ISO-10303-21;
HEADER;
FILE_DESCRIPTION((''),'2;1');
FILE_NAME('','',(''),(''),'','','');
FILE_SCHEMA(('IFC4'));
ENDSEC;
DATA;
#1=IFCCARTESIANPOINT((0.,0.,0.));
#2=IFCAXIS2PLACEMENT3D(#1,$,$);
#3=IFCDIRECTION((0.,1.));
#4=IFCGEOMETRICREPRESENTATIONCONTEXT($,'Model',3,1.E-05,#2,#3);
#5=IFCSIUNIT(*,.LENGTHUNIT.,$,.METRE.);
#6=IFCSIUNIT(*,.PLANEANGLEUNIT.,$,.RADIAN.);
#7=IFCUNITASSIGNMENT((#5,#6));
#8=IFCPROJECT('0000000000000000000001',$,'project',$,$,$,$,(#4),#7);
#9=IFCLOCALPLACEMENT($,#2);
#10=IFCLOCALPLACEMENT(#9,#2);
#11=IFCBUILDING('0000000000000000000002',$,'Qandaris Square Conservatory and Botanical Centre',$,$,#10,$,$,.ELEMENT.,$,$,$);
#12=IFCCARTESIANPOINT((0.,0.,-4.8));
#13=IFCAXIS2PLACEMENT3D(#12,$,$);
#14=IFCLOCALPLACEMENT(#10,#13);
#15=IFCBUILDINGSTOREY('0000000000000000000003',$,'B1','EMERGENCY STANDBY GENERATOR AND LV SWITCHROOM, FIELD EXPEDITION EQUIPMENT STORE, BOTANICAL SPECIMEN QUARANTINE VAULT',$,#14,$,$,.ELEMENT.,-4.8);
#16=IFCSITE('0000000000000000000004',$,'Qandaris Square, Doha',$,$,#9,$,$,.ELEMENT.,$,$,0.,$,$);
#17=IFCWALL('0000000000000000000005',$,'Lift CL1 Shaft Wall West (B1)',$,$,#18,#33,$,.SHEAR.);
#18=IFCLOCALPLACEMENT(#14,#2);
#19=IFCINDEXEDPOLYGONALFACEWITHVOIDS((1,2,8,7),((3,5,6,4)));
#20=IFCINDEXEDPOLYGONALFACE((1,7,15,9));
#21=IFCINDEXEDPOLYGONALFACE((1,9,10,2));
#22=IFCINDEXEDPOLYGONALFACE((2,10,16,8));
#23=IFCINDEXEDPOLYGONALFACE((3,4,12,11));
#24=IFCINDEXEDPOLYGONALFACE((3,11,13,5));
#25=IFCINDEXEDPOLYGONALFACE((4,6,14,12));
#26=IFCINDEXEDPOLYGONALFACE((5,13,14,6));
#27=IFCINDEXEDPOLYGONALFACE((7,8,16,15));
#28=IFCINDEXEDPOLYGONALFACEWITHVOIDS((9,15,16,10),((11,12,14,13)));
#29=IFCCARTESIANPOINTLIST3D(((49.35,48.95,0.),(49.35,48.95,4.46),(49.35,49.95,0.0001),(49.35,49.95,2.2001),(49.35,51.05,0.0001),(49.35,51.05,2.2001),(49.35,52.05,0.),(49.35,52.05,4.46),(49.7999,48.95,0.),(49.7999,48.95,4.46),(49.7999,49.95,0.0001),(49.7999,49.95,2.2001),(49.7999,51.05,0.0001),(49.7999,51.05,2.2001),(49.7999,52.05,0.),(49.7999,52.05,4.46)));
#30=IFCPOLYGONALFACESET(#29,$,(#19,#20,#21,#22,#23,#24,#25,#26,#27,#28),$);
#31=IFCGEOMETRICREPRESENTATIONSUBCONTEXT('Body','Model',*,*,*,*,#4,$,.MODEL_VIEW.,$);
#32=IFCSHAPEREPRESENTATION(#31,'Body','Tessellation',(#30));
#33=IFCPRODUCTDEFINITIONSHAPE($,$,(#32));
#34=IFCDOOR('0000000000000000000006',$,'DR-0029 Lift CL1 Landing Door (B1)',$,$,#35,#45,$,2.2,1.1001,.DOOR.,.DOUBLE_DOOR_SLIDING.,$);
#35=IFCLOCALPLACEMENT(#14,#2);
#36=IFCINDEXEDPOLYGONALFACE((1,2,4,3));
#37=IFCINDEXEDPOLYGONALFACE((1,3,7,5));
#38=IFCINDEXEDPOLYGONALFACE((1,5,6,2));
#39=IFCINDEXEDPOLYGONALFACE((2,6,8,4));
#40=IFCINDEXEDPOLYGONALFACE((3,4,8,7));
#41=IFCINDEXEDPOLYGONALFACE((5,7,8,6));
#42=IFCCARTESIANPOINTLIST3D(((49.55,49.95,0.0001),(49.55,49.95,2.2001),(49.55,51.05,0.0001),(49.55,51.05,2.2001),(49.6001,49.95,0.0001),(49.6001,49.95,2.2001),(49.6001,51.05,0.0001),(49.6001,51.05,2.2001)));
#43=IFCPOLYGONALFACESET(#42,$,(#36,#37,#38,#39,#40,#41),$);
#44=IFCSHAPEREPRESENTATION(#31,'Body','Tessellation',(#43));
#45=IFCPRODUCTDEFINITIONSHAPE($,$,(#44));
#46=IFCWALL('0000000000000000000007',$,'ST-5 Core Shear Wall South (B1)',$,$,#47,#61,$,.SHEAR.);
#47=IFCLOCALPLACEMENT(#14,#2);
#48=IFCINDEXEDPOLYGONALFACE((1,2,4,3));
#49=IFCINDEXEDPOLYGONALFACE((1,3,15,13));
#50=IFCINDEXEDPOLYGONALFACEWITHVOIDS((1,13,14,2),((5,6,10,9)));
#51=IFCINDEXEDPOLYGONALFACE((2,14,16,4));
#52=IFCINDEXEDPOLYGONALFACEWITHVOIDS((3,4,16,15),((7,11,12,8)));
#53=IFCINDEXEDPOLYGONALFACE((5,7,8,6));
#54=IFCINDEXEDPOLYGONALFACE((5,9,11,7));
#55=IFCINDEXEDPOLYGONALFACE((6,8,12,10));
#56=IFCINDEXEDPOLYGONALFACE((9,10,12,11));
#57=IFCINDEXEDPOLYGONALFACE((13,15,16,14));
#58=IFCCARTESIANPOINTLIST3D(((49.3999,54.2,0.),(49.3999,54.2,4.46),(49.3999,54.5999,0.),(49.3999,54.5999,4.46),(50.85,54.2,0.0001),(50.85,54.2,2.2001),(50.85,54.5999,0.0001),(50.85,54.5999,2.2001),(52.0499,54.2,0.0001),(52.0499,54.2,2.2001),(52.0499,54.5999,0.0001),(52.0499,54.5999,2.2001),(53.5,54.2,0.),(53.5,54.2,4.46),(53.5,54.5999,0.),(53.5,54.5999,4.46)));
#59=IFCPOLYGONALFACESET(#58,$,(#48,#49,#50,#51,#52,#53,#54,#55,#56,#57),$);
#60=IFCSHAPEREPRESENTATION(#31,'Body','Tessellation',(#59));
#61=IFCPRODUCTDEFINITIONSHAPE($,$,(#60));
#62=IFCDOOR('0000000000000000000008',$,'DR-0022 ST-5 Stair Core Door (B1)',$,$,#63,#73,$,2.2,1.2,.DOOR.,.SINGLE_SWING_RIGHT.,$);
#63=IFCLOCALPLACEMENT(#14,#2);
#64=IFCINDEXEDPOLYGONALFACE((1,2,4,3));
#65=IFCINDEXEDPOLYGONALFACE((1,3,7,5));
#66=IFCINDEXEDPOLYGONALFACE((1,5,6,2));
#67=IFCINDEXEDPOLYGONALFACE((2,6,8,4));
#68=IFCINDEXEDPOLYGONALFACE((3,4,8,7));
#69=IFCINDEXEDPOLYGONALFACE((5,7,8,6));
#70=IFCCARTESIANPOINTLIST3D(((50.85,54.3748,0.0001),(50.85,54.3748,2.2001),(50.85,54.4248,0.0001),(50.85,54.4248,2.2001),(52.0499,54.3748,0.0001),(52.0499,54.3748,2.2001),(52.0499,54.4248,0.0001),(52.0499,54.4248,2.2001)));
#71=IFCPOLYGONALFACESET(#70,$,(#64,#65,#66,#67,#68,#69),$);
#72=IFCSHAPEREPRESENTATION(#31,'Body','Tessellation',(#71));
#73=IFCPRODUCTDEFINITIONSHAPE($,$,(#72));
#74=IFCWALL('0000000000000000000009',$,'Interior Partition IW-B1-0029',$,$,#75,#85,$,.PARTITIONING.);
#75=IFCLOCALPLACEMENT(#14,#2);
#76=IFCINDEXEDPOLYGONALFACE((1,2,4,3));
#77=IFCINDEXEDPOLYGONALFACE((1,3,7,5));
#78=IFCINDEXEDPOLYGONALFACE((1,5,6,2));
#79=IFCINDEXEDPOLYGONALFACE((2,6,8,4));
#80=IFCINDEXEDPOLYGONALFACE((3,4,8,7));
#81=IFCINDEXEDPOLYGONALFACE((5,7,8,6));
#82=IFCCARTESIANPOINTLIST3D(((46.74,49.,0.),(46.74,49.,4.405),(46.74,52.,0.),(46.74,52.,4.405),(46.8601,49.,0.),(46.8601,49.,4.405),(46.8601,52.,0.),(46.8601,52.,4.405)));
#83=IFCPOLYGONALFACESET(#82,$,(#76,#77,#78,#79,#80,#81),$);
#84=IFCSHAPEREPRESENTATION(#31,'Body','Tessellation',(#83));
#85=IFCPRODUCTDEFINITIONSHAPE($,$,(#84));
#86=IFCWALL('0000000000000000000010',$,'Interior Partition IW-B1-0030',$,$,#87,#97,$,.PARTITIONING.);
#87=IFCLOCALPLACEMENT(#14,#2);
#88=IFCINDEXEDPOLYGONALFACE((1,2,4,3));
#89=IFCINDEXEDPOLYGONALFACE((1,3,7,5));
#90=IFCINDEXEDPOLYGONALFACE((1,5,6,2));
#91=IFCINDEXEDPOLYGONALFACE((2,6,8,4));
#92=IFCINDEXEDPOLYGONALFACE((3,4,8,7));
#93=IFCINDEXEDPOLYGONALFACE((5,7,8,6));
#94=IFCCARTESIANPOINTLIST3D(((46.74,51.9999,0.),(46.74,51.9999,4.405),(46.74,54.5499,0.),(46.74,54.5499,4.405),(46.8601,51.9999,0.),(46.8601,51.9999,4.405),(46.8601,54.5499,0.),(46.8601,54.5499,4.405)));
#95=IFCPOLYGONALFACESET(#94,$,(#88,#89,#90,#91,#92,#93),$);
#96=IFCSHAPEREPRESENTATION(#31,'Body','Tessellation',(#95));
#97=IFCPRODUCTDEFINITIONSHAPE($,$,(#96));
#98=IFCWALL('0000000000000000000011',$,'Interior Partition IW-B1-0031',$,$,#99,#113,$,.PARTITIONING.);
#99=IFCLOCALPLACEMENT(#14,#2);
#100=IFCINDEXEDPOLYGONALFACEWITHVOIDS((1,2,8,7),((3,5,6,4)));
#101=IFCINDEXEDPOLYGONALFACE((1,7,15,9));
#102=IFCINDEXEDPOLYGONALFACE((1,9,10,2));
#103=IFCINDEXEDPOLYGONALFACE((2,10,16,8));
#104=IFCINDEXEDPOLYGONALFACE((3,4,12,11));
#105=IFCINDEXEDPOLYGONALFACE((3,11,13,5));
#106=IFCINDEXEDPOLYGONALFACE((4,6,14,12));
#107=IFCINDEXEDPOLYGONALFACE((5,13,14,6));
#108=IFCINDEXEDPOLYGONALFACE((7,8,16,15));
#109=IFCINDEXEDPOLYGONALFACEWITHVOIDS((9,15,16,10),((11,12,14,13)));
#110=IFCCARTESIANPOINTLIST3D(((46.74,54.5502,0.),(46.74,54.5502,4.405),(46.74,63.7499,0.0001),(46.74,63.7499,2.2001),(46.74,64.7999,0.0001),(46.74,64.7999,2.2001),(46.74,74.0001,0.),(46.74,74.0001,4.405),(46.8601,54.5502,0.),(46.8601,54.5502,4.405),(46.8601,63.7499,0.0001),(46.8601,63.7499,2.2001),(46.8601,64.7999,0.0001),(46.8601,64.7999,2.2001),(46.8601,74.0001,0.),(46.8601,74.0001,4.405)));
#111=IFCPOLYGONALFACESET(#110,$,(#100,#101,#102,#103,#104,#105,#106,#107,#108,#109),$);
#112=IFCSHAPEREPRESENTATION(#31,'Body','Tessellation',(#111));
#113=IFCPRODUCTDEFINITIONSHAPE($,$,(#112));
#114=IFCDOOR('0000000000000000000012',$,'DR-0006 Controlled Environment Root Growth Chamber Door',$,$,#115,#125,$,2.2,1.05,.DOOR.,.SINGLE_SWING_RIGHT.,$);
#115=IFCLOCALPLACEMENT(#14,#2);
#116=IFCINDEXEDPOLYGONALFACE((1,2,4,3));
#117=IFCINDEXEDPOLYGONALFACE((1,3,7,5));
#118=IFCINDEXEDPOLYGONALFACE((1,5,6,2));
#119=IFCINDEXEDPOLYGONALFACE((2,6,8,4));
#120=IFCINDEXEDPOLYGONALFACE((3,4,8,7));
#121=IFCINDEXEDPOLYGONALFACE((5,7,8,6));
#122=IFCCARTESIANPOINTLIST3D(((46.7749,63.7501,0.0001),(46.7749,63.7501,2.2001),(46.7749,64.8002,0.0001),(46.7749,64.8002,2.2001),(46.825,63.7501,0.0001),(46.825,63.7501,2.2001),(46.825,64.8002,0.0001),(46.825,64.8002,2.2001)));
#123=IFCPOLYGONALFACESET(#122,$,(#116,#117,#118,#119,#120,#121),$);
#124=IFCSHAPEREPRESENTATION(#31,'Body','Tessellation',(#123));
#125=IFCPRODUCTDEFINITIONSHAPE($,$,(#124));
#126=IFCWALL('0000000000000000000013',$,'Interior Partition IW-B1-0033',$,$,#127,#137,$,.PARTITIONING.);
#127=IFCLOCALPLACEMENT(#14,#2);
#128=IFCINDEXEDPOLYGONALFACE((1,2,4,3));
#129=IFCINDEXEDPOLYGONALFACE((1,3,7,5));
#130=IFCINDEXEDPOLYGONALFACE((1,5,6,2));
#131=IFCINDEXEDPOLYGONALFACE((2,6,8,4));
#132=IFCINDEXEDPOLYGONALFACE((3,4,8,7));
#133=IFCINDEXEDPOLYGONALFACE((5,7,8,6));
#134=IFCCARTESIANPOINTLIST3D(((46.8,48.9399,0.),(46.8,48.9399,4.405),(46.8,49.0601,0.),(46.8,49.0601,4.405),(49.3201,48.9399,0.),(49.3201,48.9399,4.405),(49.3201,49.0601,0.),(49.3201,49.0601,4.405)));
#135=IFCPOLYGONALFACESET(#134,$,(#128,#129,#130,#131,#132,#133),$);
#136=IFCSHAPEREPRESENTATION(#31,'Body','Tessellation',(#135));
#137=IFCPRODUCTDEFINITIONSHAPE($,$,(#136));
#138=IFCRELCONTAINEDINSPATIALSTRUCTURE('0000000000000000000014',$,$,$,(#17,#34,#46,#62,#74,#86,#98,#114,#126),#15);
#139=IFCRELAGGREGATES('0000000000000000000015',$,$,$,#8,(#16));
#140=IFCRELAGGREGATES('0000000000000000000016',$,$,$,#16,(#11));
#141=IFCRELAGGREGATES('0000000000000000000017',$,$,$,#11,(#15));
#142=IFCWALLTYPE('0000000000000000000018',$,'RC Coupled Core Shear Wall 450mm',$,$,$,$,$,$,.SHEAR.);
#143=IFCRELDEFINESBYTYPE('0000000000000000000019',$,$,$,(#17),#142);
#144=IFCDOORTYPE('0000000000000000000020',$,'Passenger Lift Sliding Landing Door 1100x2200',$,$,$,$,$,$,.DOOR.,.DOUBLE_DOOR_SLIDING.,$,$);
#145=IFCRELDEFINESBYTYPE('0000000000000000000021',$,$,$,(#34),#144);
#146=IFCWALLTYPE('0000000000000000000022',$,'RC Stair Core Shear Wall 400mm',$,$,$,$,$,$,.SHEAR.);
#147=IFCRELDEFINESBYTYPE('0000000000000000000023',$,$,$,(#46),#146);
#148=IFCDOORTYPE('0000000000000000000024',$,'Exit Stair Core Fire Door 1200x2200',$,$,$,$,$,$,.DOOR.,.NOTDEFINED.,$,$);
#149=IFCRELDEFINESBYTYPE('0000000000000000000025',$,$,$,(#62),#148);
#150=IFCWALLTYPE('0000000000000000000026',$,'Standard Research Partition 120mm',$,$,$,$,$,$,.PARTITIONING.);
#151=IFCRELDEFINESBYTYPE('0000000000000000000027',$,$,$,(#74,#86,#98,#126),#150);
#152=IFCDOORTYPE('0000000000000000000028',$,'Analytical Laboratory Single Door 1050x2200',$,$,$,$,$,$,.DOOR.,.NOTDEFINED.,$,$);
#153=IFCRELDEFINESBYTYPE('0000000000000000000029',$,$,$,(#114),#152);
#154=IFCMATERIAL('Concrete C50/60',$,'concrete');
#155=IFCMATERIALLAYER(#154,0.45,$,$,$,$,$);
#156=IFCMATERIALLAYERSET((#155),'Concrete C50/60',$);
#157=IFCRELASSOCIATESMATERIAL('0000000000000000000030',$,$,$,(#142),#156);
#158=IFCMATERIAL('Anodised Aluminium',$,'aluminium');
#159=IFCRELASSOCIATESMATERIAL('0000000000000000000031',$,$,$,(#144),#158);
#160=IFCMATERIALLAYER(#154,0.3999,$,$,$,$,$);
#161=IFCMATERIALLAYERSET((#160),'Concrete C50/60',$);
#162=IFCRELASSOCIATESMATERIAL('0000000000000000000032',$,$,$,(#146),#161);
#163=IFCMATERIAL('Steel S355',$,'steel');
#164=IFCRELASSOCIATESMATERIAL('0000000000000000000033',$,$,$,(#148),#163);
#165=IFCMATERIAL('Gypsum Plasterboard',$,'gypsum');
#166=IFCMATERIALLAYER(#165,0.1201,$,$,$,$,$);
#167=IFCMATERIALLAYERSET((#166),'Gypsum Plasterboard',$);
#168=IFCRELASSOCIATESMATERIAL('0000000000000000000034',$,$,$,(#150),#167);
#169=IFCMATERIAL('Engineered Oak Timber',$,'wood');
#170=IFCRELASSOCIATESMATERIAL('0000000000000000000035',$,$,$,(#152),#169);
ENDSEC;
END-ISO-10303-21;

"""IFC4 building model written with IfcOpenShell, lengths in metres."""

from ifc_helpers import new_model, si_unit, direction, frame, frame_2d, origin, place, context, subcontext, project, spatial, rectangle, extrude, material, layer, layer_set, type_object, element, fill, save


model = new_model("IFC4")

# Units and contexts
model_context = context("Model", 3, precision=1e-05, world=origin(), true_north=direction((0.0, 1.0)))
body_context = subcontext(model_context, "Body", "Model", "MODEL_VIEW")
ifc_project = project(units=[si_unit("LENGTHUNIT", "METRE"), si_unit("PLANEANGLEUNIT", "RADIAN")], contexts=[model_context])

# Site, building, storey
site_placement = place(None, origin())
site = spatial("IfcSite", under=ifc_project, at=site_placement, Name="Qandaris Square, Doha", CompositionType="ELEMENT", RefElevation=0.0)
building_placement = place(site_placement, origin())
building = spatial("IfcBuilding", under=site, at=building_placement, Name="Qandaris Square Conservatory and Botanical Centre", CompositionType="ELEMENT")
storey_placement = place(building_placement, frame((0.0, 0.0, -4.8)))
storey = spatial("IfcBuildingStorey", under=building, at=storey_placement, Name="B1", Description="EMERGENCY STANDBY GENERATOR AND LV SWITCHROOM, FIELD EXPEDITION EQUIPMENT STORE, BOTANICAL SPECIMEN QUARANTINE VAULT", CompositionType="ELEMENT", Elevation=-4.8)

# Shared definitions
ifc_material_1 = material(Name="Concrete C50/60", Category="concrete")

# Walls, openings, doors
ifc_layer_1 = layer(ifc_material_1, 0.45)
ifc_layer_set_1 = layer_set([ifc_layer_1], Name="Concrete C50/60")
wall_type_1 = type_object("IfcWallType", Name="RC Coupled Core Shear Wall 450mm", PredefinedType="SHEAR", material=ifc_layer_set_1)
wall_1_placement = place(storey_placement, frame((49.575, 48.95, 0.0), z_axis=(0.0, 0.0, 1.0), x_axis=(0.0, 1.0, 0.0)))
wall_1 = element("IfcWall", 1, at=wall_1_placement, inside=storey, type_object=wall_type_1, Name="Lift CL1 Shaft Wall West (B1)", PredefinedType="SHEAR", context=body_context, shape_type="SweptSolid", body=[
    extrude(rectangle(XDim=3.1001, YDim=0.45, at=frame_2d((1.55, 0.0))), origin(), (0.0, 0.0, 1.0), 4.46),
])
opening_1_placement = place(wall_1_placement, frame((1.0, 0.0, 0.0)))
opening_1 = element("IfcOpeningElement", 2, at=opening_1_placement, cuts=wall_1, PredefinedType="OPENING", context=body_context, shape_type="SweptSolid", body=[
    extrude(rectangle(XDim=1.1001, YDim=2.2, at=frame_2d((0.55, 1.1001))), frame((0.0, 0.2368, 0.0), z_axis=(0.0, -1.0, 0.0), x_axis=(1.0, 0.0, 0.0)), (0.0, 0.0, 1.0), 0.4739),
])
ifc_material_2 = material(Name="Anodised Aluminium", Category="aluminium")
door_type_1 = type_object("IfcDoorType", Name="Passenger Lift Sliding Landing Door 1100x2200", OperationType="DOUBLE_DOOR_SLIDING", PredefinedType="DOOR", material=ifc_material_2)
door_1_placement = place(opening_1_placement, origin())
door_1 = element("IfcDoor", 3, at=door_1_placement, inside=storey, type_object=door_type_1, Name="DR-0029 Lift CL1 Landing Door (B1)", OperationType="DOUBLE_DOOR_SLIDING", OverallHeight=2.2, OverallWidth=1.1001, PredefinedType="DOOR", context=body_context, shape_type="SweptSolid", body=[
    extrude(rectangle(XDim=1.1001, YDim=2.2, at=frame_2d((0.55, 1.1001))), frame((0.0, 0.0249, 0.0), z_axis=(0.0, -1.0, 0.0), x_axis=(1.0, 0.0, 0.0)), (0.0, 0.0, 1.0), 0.05),
])
fill(opening_1, door_1)
ifc_layer_2 = layer(ifc_material_1, 0.3999)
ifc_layer_set_2 = layer_set([ifc_layer_2], Name="Concrete C50/60")
wall_type_2 = type_object("IfcWallType", Name="RC Stair Core Shear Wall 400mm", PredefinedType="SHEAR", material=ifc_layer_set_2)
wall_2_placement = place(storey_placement, frame((49.3999, 54.3999, 0.0), z_axis=(0.0, 0.0, 1.0), x_axis=(1.0, 0.0, 0.0)))
wall_2 = element("IfcWall", 4, at=wall_2_placement, inside=storey, type_object=wall_type_2, Name="ST-5 Core Shear Wall South (B1)", PredefinedType="SHEAR", context=body_context, shape_type="SweptSolid", body=[
    extrude(rectangle(XDim=4.1001, YDim=0.3999, at=frame_2d((2.05, 0.0))), origin(), (0.0, 0.0, 1.0), 4.46),
])
opening_2_placement = place(wall_2_placement, frame((1.45, 0.0, 0.0)))
opening_2 = element("IfcOpeningElement", 5, at=opening_2_placement, cuts=wall_2, PredefinedType="OPENING", context=body_context, shape_type="SweptSolid", body=[
    extrude(rectangle(XDim=1.2, YDim=2.2, at=frame_2d((0.6001, 1.1001))), frame((0.0, 0.2119, 0.0), z_axis=(0.0, -1.0, 0.0), x_axis=(1.0, 0.0, 0.0)), (0.0, 0.0, 1.0), 0.4238),
])
ifc_material_3 = material(Name="Steel S355", Category="steel")
door_type_2 = type_object("IfcDoorType", Name="Exit Stair Core Fire Door 1200x2200", OperationType="NOTDEFINED", PredefinedType="DOOR", material=ifc_material_3)
door_2_placement = place(opening_2_placement, origin())
door_2 = element("IfcDoor", 6, at=door_2_placement, inside=storey, type_object=door_type_2, Name="DR-0022 ST-5 Stair Core Door (B1)", OperationType="SINGLE_SWING_RIGHT", OverallHeight=2.2, OverallWidth=1.2, PredefinedType="DOOR", context=body_context, shape_type="SweptSolid", body=[
    extrude(rectangle(XDim=1.2, YDim=2.2, at=frame_2d((0.6001, 1.1001))), frame((0.0, 0.0249, 0.0), z_axis=(0.0, -1.0, 0.0), x_axis=(1.0, 0.0, 0.0)), (0.0, 0.0, 1.0), 0.05),
])
fill(opening_2, door_2)

# Walls
ifc_material_4 = material(Name="Gypsum Plasterboard", Category="gypsum")
ifc_layer_3 = layer(ifc_material_4, 0.1201)
ifc_layer_set_3 = layer_set([ifc_layer_3], Name="Gypsum Plasterboard")
wall_type_3 = type_object("IfcWallType", Name="Standard Research Partition 120mm", PredefinedType="PARTITIONING", material=ifc_layer_set_3)
wall_3_placement = place(storey_placement, frame((46.8, 49.0, 0.0), z_axis=(0.0, 0.0, 1.0), x_axis=(0.0, 1.0, 0.0)))
element("IfcWall", 7, at=wall_3_placement, inside=storey, type_object=wall_type_3, Name="Interior Partition IW-B1-0029", PredefinedType="PARTITIONING", context=body_context, shape_type="SweptSolid", body=[
    extrude(rectangle(XDim=3.0, YDim=0.1201, at=frame_2d((1.5, 0.0))), origin(), (0.0, 0.0, 1.0), 4.405),
])
wall_4_placement = place(storey_placement, frame((46.8, 52.0, 0.0), z_axis=(0.0, 0.0, 1.0), x_axis=(0.0, 1.0, 0.0)))
element("IfcWall", 8, at=wall_4_placement, inside=storey, type_object=wall_type_3, Name="Interior Partition IW-B1-0030", PredefinedType="PARTITIONING", context=body_context, shape_type="SweptSolid", body=[
    extrude(rectangle(XDim=2.55, YDim=0.1201, at=frame_2d((1.2749, 0.0))), origin(), (0.0, 0.0, 1.0), 4.405),
])

# Wall, opening, door
wall_5_placement = place(storey_placement, frame((46.8, 54.55, 0.0), z_axis=(0.0, 0.0, 1.0), x_axis=(0.0, 1.0, 0.0)))
wall_5 = element("IfcWall", 9, at=wall_5_placement, inside=storey, type_object=wall_type_3, Name="Interior Partition IW-B1-0031", PredefinedType="PARTITIONING", context=body_context, shape_type="SweptSolid", body=[
    extrude(rectangle(XDim=19.45, YDim=0.1201, at=frame_2d((9.7251, 0.0))), origin(), (0.0, 0.0, 1.0), 4.405),
])
opening_3_placement = place(wall_5_placement, frame((9.2, 0.0, 0.0)))
opening_3 = element("IfcOpeningElement", 10, at=opening_3_placement, cuts=wall_5, PredefinedType="OPENING", context=body_context, shape_type="SweptSolid", body=[
    extrude(rectangle(XDim=1.05, YDim=2.2, at=frame_2d((0.5249, 1.1001))), frame((0.0, 0.072, 0.0), z_axis=(0.0, -1.0, 0.0), x_axis=(1.0, 0.0, 0.0)), (0.0, 0.0, 1.0), 0.144),
])
ifc_material_5 = material(Name="Engineered Oak Timber", Category="wood")
door_type_3 = type_object("IfcDoorType", Name="Analytical Laboratory Single Door 1050x2200", OperationType="NOTDEFINED", PredefinedType="DOOR", material=ifc_material_5)
door_3_placement = place(opening_3_placement, frame((1.05, 0.0, 0.0), z_axis=(0.0, 0.0, 1.0), x_axis=(-1.0, 0.0, 0.0)))
door_3 = element("IfcDoor", 11, at=door_3_placement, inside=storey, type_object=door_type_3, Name="DR-0006 Controlled Environment Root Growth Chamber Door", OperationType="SINGLE_SWING_RIGHT", OverallHeight=2.2, OverallWidth=1.05, PredefinedType="DOOR", context=body_context, shape_type="SweptSolid", body=[
    extrude(rectangle(XDim=1.05, YDim=2.2, at=frame_2d((0.5249, 1.1001))), frame((0.0, 0.0249, 0.0), z_axis=(0.0, -1.0, 0.0), x_axis=(1.0, 0.0, 0.0)), (0.0, 0.0, 1.0), 0.05),
])
fill(opening_3, door_3)

# Wall
wall_6_placement = place(storey_placement, frame((49.3201, 49.0, 0.0), z_axis=(0.0, 0.0, 1.0), x_axis=(-1.0, 0.0, 0.0)))
element("IfcWall", 12, at=wall_6_placement, inside=storey, type_object=wall_type_3, Name="Interior Partition IW-B1-0033", PredefinedType="PARTITIONING", context=body_context, shape_type="SweptSolid", body=[
    extrude(rectangle(XDim=2.52, YDim=0.1201, at=frame_2d((1.26, 0.0))), origin(), (0.0, 0.0, 1.0), 4.405),
])

save(model, "model.ifc")
